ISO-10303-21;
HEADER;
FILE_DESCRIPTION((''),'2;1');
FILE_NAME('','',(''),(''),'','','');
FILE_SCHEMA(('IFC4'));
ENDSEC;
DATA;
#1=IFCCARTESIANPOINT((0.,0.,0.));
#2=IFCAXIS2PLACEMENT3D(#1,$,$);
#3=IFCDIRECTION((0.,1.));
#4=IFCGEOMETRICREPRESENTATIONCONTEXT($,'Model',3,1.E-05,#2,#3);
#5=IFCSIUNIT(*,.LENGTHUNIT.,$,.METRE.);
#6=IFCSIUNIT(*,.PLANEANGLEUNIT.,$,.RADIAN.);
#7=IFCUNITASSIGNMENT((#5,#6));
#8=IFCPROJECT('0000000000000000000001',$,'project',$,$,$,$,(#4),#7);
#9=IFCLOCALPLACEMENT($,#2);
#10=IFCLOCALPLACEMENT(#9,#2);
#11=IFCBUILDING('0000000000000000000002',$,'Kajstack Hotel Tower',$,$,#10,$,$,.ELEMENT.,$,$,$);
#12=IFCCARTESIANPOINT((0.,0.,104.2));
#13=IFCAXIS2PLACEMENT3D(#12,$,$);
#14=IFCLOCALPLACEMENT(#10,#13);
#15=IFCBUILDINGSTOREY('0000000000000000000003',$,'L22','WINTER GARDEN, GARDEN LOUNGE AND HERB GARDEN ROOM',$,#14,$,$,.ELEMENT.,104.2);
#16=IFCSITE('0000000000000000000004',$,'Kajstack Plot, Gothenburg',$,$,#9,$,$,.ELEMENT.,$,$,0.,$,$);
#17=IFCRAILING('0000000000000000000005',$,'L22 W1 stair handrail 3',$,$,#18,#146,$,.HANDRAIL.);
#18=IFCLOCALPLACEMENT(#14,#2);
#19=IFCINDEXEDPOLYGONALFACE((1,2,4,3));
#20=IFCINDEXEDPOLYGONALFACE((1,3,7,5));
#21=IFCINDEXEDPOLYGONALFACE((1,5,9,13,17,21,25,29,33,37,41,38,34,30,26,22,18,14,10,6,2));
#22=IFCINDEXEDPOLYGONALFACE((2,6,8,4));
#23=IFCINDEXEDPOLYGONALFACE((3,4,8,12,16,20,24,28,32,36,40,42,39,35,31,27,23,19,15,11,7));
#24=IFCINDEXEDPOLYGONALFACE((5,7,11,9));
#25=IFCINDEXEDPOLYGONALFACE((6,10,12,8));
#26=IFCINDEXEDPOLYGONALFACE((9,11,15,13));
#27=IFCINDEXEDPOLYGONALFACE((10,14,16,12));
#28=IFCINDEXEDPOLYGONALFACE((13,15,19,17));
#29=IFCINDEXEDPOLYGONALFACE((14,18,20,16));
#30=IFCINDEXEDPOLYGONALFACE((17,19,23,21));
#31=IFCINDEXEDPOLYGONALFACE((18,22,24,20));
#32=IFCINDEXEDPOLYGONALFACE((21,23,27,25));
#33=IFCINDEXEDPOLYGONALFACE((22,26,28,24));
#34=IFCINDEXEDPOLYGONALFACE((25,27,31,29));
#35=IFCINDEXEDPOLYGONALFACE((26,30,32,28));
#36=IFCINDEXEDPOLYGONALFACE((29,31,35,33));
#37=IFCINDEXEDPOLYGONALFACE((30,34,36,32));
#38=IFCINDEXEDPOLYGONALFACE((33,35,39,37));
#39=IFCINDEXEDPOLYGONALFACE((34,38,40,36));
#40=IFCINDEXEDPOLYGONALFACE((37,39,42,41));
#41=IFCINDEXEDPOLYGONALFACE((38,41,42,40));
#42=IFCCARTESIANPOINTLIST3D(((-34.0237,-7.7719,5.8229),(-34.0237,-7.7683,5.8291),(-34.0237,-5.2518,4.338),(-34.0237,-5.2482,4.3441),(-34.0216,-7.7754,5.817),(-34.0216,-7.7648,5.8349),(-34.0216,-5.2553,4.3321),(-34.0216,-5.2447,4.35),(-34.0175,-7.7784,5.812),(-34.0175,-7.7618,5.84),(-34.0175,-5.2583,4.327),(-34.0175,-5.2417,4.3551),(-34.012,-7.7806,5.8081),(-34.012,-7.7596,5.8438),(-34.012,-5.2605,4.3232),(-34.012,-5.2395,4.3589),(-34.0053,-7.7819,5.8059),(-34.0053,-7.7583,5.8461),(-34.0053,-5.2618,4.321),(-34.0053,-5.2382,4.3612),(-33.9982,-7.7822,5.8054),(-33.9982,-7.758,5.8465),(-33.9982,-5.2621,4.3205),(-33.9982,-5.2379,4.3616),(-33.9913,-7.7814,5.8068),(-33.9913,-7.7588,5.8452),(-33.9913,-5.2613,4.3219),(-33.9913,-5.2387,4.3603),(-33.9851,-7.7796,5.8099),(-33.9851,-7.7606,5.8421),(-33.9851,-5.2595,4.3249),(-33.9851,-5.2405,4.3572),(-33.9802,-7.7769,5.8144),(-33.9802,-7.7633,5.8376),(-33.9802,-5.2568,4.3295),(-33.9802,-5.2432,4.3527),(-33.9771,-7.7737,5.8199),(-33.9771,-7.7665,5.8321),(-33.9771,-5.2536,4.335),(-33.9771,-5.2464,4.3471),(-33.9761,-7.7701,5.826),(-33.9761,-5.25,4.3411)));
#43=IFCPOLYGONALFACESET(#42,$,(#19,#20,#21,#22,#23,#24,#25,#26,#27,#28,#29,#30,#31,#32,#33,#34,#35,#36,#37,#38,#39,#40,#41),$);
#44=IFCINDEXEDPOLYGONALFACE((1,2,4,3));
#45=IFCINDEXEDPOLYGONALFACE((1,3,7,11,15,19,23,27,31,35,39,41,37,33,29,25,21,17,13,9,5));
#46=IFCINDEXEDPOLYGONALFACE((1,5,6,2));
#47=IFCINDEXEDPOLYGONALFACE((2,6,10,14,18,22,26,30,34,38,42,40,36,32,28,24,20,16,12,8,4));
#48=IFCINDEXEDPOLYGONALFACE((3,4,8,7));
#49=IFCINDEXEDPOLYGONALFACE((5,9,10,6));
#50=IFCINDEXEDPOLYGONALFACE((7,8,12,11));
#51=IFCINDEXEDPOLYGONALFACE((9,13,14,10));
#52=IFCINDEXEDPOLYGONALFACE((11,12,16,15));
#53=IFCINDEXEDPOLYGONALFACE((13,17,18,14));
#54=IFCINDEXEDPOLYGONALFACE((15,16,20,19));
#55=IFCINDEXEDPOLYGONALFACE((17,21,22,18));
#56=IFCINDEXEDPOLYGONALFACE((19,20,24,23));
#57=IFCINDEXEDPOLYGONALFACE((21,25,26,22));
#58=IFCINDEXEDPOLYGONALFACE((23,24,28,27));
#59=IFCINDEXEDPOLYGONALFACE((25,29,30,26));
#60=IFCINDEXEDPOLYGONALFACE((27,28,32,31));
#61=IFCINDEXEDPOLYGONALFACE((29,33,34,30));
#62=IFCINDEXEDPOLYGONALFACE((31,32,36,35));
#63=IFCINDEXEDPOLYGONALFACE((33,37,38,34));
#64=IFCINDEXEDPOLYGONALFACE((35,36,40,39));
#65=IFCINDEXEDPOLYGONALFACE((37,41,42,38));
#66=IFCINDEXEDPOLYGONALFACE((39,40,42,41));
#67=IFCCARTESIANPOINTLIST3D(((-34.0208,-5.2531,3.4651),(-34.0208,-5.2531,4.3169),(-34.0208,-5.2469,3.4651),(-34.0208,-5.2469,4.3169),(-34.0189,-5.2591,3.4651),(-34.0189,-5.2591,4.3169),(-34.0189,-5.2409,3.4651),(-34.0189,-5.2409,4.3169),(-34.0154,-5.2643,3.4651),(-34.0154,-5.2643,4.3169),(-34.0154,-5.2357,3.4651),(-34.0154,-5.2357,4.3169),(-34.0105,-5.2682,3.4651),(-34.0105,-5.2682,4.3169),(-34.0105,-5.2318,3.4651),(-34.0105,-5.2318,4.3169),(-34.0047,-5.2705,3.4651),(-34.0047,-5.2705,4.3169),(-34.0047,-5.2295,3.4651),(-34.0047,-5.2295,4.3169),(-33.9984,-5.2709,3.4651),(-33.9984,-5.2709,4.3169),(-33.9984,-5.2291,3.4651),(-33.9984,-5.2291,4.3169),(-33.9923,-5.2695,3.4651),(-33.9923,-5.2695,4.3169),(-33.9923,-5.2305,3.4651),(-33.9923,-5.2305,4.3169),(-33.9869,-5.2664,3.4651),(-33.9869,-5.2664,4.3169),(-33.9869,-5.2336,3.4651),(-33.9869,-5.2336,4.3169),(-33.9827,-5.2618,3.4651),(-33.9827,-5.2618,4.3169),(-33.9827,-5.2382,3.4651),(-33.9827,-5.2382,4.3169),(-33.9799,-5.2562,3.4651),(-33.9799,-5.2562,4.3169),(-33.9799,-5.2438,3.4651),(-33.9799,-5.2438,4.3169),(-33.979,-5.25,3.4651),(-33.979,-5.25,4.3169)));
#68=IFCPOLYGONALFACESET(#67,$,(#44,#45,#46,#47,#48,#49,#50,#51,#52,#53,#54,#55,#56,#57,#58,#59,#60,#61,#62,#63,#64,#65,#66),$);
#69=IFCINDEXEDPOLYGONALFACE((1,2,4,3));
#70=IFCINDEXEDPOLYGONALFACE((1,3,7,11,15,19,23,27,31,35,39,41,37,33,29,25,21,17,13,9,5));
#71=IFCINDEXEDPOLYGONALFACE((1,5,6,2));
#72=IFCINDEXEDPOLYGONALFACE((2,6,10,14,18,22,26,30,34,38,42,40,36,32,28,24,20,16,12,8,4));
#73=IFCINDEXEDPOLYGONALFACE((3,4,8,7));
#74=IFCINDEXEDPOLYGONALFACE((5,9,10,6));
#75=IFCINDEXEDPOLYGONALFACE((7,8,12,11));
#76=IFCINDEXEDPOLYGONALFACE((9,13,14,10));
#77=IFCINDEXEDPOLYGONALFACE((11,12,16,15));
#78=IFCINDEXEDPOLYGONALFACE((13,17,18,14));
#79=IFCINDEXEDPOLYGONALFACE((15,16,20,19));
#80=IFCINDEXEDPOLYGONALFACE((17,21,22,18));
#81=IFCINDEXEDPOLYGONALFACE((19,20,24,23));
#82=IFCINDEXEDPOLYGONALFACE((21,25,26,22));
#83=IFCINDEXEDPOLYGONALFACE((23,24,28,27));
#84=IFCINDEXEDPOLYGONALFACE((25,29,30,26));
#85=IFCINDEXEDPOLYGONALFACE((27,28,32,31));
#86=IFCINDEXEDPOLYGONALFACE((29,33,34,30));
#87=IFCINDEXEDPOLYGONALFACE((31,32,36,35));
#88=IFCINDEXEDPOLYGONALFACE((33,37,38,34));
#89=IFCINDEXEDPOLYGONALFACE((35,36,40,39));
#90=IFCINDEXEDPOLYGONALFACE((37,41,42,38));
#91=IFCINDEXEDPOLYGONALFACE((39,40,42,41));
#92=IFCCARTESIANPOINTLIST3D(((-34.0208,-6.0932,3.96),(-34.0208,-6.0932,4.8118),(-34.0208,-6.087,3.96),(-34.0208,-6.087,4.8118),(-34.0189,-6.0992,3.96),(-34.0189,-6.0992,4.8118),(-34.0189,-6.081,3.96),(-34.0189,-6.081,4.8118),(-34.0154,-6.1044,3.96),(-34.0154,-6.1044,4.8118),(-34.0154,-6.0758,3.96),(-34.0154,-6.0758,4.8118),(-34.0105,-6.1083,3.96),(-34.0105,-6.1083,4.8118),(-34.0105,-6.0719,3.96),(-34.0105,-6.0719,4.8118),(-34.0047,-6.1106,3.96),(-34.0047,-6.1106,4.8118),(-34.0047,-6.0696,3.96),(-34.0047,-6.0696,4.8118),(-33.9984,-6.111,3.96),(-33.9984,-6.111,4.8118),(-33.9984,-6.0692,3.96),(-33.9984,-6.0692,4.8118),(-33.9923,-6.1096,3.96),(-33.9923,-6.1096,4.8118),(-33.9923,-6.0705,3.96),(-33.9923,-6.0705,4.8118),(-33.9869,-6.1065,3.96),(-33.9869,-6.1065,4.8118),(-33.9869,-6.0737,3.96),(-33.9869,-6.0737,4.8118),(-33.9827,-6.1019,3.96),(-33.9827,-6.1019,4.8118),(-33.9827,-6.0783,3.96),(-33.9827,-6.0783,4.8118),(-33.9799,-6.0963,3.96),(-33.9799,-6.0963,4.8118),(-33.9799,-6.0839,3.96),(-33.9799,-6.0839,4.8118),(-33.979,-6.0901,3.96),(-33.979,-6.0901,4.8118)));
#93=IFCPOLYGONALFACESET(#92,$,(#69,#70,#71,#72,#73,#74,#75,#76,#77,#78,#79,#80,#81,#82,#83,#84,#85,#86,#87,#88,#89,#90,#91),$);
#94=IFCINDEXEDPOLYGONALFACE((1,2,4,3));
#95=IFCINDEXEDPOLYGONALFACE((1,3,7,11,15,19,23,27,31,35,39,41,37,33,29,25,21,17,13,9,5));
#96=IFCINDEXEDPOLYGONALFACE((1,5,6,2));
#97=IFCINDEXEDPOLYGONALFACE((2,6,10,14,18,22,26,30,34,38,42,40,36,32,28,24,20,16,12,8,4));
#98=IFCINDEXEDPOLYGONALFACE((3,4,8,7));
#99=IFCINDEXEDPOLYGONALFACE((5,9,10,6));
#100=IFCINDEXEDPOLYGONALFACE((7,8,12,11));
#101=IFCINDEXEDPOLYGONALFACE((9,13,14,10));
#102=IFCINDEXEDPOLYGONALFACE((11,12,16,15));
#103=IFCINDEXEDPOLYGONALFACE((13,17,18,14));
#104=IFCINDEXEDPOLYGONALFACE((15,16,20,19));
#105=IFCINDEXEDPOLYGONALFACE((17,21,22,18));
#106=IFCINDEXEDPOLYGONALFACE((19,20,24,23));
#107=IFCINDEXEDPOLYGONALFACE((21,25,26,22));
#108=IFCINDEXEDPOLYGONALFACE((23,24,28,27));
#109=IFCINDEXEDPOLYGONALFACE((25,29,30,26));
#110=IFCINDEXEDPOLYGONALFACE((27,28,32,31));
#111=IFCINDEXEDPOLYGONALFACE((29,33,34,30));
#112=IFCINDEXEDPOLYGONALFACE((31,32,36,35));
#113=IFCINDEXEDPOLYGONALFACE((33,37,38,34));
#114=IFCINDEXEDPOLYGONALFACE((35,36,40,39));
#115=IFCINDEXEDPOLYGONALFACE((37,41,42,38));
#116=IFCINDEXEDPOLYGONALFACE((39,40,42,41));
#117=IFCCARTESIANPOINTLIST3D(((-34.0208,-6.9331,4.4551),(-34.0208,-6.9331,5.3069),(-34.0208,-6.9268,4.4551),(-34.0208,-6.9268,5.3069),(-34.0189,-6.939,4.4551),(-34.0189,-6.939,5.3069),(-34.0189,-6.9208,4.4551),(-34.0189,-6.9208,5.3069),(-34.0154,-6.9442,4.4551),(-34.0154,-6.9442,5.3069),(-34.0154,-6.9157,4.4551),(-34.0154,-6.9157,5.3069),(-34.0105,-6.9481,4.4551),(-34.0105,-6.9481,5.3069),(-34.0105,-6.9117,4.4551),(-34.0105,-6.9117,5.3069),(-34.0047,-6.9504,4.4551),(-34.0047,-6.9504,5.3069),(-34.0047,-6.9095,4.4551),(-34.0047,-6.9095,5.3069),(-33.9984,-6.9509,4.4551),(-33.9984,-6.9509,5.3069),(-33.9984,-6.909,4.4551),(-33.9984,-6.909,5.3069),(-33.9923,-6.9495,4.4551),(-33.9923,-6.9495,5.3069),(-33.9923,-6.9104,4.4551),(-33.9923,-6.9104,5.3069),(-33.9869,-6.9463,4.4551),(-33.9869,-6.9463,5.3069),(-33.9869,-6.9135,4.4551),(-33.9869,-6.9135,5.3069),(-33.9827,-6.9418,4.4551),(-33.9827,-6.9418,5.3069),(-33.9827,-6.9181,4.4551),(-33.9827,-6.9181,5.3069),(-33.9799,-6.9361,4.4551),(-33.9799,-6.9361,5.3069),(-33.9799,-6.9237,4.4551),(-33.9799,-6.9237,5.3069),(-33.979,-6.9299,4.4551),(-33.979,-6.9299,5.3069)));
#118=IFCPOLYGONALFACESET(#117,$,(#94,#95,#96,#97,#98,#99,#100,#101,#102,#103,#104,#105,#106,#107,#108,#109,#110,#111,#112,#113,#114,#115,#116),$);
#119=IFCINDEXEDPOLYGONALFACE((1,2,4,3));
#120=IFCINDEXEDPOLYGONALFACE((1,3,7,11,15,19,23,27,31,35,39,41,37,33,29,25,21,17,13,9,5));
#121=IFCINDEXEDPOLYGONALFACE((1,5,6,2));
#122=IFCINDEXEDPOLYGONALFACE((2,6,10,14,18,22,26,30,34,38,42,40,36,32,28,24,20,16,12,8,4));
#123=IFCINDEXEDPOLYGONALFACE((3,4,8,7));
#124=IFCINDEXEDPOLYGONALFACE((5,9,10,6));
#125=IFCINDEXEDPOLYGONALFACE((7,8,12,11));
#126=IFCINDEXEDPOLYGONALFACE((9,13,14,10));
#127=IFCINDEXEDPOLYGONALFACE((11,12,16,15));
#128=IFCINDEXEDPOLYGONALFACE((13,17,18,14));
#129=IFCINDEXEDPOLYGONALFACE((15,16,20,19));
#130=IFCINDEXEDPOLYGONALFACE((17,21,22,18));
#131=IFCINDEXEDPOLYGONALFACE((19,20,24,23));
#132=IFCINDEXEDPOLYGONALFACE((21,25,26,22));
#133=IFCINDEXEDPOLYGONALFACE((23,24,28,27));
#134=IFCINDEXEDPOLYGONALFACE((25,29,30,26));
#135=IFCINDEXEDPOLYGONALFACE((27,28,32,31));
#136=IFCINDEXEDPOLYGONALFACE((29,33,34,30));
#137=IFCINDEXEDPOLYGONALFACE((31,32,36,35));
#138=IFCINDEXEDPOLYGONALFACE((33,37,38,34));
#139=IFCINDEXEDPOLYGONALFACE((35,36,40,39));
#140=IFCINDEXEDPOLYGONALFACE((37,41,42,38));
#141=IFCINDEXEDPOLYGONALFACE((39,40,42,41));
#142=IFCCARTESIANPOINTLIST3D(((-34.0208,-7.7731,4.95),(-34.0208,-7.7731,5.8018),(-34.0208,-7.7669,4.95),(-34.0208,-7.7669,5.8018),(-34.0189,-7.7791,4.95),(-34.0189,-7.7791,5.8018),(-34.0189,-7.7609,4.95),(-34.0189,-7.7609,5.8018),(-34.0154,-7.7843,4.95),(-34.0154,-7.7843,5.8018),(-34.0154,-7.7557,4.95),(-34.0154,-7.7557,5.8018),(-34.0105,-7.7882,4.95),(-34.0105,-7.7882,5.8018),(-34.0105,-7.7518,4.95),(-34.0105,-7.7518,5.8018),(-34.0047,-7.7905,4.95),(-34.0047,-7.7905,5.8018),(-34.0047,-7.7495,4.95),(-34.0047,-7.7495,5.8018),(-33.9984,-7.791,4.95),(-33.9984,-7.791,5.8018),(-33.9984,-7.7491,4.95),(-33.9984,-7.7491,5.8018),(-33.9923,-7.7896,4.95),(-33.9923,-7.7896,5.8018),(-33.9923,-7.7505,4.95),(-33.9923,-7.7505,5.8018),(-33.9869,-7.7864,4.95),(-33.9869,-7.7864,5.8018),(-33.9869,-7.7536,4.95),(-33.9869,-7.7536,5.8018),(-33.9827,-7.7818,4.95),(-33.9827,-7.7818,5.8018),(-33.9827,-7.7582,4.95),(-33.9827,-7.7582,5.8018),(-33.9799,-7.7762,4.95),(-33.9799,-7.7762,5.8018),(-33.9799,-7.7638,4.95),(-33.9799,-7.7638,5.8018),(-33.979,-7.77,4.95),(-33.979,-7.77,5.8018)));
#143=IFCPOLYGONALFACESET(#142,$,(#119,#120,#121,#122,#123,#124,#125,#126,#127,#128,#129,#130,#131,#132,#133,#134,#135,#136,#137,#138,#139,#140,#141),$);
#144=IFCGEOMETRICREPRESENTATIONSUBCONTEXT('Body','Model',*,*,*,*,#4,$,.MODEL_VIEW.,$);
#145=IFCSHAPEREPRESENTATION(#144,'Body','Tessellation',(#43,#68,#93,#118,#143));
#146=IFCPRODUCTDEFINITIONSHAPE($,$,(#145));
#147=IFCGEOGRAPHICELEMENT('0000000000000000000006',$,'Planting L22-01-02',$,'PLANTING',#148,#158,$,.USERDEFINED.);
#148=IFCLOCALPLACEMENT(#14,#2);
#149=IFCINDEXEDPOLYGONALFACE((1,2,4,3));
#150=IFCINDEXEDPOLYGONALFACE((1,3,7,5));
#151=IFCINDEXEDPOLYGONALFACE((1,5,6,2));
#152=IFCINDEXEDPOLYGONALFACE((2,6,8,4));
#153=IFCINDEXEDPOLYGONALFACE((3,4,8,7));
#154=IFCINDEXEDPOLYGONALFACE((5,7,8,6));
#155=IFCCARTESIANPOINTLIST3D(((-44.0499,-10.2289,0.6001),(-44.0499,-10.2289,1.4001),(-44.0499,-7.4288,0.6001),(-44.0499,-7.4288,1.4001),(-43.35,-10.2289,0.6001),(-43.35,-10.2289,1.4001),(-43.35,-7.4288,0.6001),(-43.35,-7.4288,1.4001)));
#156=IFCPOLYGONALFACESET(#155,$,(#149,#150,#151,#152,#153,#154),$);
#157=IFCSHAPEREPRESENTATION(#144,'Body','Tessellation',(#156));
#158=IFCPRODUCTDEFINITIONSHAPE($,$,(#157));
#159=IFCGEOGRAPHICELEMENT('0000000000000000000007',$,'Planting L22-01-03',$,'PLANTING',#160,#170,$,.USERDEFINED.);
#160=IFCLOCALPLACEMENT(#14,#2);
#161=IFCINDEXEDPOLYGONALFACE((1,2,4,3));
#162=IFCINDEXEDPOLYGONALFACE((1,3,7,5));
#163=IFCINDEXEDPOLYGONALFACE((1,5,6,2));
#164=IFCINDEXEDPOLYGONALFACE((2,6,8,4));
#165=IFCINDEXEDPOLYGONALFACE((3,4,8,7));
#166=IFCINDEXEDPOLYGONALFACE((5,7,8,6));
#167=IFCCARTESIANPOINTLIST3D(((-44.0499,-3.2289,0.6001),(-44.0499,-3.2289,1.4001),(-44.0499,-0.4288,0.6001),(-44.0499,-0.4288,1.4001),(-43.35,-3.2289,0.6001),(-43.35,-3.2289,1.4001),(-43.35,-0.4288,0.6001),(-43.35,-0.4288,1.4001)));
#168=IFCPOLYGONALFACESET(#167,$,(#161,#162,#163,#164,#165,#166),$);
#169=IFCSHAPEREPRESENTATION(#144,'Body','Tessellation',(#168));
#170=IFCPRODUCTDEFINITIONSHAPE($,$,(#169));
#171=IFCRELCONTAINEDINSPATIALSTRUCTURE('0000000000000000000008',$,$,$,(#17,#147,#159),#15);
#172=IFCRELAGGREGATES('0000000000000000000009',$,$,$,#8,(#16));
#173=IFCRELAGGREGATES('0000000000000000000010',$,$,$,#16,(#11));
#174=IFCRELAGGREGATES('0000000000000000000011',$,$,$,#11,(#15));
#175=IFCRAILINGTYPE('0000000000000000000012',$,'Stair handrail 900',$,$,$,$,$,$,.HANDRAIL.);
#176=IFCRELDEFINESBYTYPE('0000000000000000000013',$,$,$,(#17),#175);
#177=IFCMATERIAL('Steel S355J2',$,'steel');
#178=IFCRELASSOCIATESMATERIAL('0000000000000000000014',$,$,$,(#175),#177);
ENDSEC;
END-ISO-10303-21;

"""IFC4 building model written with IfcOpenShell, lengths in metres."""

from ifc_helpers import new_model, si_unit, direction, frame, origin, origin_2d, place, context, subcontext, project, spatial, rectangle, circle, extrude, material, type_object, element, save


model = new_model("IFC4")

# Units and contexts
model_context = context("Model", 3, precision=1e-05, world=origin(), true_north=direction((0.0, 1.0)))
body_context = subcontext(model_context, "Body", "Model", "MODEL_VIEW")
ifc_project = project(units=[si_unit("LENGTHUNIT", "METRE"), si_unit("PLANEANGLEUNIT", "RADIAN")], contexts=[model_context])

# Site, building, storey
site_placement = place(None, origin())
site = spatial("IfcSite", under=ifc_project, at=site_placement, Name="Kajstack Plot, Gothenburg", CompositionType="ELEMENT", RefElevation=0.0)
building_placement = place(site_placement, origin())
building = spatial("IfcBuilding", under=site, at=building_placement, Name="Kajstack Hotel Tower", CompositionType="ELEMENT")
storey_placement = place(building_placement, frame((0.0, 0.0, 104.2)))
storey = spatial("IfcBuildingStorey", under=building, at=storey_placement, Name="L22", Description="WINTER GARDEN, GARDEN LOUNGE AND HERB GARDEN ROOM", CompositionType="ELEMENT", Elevation=104.2)

# Railing
ifc_material_1 = material(Name="Steel S355J2", Category="steel")
railing_type_1 = type_object("IfcRailingType", Name="Stair handrail 900", PredefinedType="HANDRAIL", material=ifc_material_1)
railing_1_placement = place(storey_placement, frame((-34.0, -5.25, 3.4651)))
element("IfcRailing", 1, at=railing_1_placement, inside=storey, type_object=railing_type_1, Name="L22 W1 stair handrail 3", PredefinedType="HANDRAIL", context=body_context, shape_type="SweptSolid", body=[
    extrude(circle(Radius=0.0239, at=origin_2d()), frame((0.0, 0.0, 0.876), z_axis=(0.0, -0.861561, 0.507655), x_axis=(1.0, 0.0, 0.0)), (0.0, 0.0, 1.0), 2.925),
    extrude(circle(Radius=0.021, at=origin_2d()), origin(), (0.0, 0.0, 1.0), 0.8518),
    extrude(circle(Radius=0.021, at=origin_2d()), frame((0.0, -0.8401, 0.4949)), (0.0, 0.0, 1.0), 0.8518),
    extrude(circle(Radius=0.021, at=origin_2d()), frame((0.0, -1.6799, 0.99)), (0.0, 0.0, 1.0), 0.8518),
    extrude(circle(Radius=0.021, at=origin_2d()), frame((0.0, -2.52, 1.4849)), (0.0, 0.0, 1.0), 0.8518),
])

# Geographic elements
for number, where, z_axis, x_axis, name in (
    (2, (-43.7, -8.8289, 0.6001), (0.0, 0.0, 1.0), (0.0, 1.0, 0.0), "Planting L22-01-02"),
    (3, (-43.7, -1.8289, 0.6001), (0.0, 0.0, 1.0), (0.0, 1.0, 0.0), "Planting L22-01-03"),
):
    element("IfcGeographicElement", number, at=place(storey_placement, frame(where, z_axis=z_axis, x_axis=x_axis)), inside=storey, Name=name, ObjectType="PLANTING", PredefinedType="USERDEFINED", context=body_context, shape_type="SweptSolid", body=[
        extrude(rectangle(XDim=2.8, YDim=0.7, at=origin_2d()), origin(), (0.0, 0.0, 1.0), 0.8),
    ])

save(model, "model.ifc")
